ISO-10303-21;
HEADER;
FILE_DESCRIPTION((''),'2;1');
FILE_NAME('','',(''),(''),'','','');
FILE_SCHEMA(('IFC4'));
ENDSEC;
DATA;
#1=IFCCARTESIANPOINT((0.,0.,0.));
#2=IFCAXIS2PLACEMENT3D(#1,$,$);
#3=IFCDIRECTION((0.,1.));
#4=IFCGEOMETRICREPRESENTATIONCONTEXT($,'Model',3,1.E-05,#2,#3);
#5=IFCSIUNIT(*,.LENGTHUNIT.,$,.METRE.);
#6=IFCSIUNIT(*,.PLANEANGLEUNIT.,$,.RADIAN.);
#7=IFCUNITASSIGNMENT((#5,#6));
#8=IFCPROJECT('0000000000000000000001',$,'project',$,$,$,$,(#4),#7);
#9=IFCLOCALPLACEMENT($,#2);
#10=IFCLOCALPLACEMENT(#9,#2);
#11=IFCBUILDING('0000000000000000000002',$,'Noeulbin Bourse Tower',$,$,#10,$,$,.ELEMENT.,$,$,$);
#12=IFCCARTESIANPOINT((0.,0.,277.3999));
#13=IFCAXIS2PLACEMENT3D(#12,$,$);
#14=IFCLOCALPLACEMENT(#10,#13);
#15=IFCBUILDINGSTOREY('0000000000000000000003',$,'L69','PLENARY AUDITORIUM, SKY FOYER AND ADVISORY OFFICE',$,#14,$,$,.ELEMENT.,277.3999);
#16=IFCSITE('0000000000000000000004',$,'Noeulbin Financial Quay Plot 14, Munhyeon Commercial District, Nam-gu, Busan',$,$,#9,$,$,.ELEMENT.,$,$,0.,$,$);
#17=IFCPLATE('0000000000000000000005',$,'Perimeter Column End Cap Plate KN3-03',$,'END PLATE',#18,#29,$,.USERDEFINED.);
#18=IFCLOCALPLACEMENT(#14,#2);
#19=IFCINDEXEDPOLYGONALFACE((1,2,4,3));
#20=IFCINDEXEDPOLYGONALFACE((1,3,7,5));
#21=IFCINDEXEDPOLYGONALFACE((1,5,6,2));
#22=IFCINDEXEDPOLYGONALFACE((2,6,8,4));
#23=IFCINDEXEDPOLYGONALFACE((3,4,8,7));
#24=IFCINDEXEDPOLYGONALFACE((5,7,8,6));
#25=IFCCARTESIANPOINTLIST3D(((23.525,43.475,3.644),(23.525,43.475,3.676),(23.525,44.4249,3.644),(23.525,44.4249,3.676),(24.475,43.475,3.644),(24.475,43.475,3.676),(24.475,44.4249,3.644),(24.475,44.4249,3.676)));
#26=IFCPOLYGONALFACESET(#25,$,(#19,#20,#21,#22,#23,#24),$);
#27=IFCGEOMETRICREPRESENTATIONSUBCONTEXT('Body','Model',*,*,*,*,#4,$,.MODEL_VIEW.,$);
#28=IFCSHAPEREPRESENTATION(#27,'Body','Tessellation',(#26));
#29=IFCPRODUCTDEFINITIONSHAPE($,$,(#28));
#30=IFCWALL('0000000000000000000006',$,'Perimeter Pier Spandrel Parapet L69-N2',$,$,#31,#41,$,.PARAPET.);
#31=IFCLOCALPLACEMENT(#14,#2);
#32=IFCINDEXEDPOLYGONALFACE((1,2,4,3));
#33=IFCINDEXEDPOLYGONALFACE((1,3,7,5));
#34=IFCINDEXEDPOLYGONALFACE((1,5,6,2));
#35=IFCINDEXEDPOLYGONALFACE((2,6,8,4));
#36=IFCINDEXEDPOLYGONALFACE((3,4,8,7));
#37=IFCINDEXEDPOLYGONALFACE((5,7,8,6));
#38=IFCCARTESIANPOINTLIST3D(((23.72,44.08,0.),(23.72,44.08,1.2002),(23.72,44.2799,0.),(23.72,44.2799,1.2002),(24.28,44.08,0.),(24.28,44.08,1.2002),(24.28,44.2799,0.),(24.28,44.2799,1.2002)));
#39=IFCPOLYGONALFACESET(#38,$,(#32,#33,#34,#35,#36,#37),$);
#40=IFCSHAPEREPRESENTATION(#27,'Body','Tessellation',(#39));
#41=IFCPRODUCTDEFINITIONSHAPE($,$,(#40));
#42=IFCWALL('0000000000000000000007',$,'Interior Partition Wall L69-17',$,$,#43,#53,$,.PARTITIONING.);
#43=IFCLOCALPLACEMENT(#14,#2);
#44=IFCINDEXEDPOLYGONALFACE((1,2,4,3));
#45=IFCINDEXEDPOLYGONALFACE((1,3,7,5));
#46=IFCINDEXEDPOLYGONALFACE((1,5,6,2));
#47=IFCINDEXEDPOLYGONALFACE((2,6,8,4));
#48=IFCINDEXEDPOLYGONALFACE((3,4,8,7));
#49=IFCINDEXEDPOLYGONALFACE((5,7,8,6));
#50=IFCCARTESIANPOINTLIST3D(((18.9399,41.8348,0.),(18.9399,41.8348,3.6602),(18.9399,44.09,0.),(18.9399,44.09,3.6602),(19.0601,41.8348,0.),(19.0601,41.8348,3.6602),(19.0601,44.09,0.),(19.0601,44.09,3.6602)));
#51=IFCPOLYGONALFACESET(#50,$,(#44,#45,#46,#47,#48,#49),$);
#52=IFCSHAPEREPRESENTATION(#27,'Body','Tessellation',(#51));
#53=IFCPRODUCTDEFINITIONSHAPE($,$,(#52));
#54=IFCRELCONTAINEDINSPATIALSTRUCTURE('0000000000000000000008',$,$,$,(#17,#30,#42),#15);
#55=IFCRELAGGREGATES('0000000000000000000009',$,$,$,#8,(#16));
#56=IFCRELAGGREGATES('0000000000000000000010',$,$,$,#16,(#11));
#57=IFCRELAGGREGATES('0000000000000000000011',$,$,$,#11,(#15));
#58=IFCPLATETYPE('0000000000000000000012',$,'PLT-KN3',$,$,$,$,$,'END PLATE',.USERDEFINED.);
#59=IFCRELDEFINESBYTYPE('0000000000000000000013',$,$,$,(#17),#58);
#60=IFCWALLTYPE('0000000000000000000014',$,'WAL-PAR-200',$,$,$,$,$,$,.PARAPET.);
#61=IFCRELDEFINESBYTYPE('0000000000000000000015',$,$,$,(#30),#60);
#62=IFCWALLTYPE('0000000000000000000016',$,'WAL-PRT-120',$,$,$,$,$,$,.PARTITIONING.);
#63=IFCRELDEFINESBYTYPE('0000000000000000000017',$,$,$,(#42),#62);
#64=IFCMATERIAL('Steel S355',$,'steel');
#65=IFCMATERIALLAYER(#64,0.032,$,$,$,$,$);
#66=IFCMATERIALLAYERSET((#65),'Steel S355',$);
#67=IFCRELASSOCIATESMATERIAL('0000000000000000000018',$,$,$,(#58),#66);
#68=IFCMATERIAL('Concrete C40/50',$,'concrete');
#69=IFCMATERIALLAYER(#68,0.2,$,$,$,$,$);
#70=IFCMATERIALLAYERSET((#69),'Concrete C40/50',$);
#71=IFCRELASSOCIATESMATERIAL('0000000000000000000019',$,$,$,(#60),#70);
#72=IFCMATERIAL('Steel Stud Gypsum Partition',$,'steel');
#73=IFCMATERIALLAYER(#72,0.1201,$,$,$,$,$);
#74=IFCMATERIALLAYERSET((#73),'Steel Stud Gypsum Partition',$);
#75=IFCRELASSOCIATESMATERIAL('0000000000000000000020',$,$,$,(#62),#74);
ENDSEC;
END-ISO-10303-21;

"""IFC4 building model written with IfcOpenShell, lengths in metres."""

from ifc_helpers import new_model, si_unit, direction, frame, frame_2d, origin, origin_2d, place, context, subcontext, project, spatial, rectangle, extrude, material, layer, layer_set, type_object, element, save


model = new_model("IFC4")

# Units and contexts
model_context = context("Model", 3, precision=1e-05, world=origin(), true_north=direction((0.0, 1.0)))
body_context = subcontext(model_context, "Body", "Model", "MODEL_VIEW")
ifc_project = project(units=[si_unit("LENGTHUNIT", "METRE"), si_unit("PLANEANGLEUNIT", "RADIAN")], contexts=[model_context])

# Site, building, storey
site_placement = place(None, origin())
site = spatial("IfcSite", under=ifc_project, at=site_placement, Name="Noeulbin Financial Quay Plot 14, Munhyeon Commercial District, Nam-gu, Busan", CompositionType="ELEMENT", RefElevation=0.0)
building_placement = place(site_placement, origin())
building = spatial("IfcBuilding", under=site, at=building_placement, Name="Noeulbin Bourse Tower", CompositionType="ELEMENT")
storey_placement = place(building_placement, frame((0.0, 0.0, 277.3999)))
storey = spatial("IfcBuildingStorey", under=building, at=storey_placement, Name="L69", Description="PLENARY AUDITORIUM, SKY FOYER AND ADVISORY OFFICE", CompositionType="ELEMENT", Elevation=277.3999)

# Shared definitions
ifc_material_1 = material(Name="Steel S355", Category="steel")

# Plate
ifc_layer_1 = layer(ifc_material_1, 0.032)
ifc_layer_set_1 = layer_set([ifc_layer_1], Name="Steel S355")
plate_type_1 = type_object("IfcPlateType", Name="PLT-KN3", ElementType="END PLATE", PredefinedType="USERDEFINED", material=ifc_layer_set_1)
plate_1_placement = place(storey_placement, frame((24.0, 43.95, 3.644), z_axis=(0.0, 0.0, 1.0), x_axis=(1.0, 0.0, 0.0)))
element("IfcPlate", 1, at=plate_1_placement, inside=storey, type_object=plate_type_1, Name="Perimeter Column End Cap Plate KN3-03", ObjectType="END PLATE", PredefinedType="USERDEFINED", context=body_context, shape_type="SweptSolid", body=[
    extrude(rectangle(XDim=0.95, YDim=0.95, at=origin_2d()), origin(), (0.0, 0.0, 1.0), 0.032),
])

# Walls
ifc_material_2 = material(Name="Concrete C40/50", Category="concrete")
ifc_layer_2 = layer(ifc_material_2, 0.2)
ifc_layer_set_2 = layer_set([ifc_layer_2], Name="Concrete C40/50")
wall_type_1 = type_object("IfcWallType", Name="WAL-PAR-200", PredefinedType="PARAPET", material=ifc_layer_set_2)
wall_1_placement = place(storey_placement, frame((23.72, 44.1799, 0.0), z_axis=(0.0, 0.0, 1.0), x_axis=(1.0, 0.0, 0.0)))
element("IfcWall", 2, at=wall_1_placement, inside=storey, type_object=wall_type_1, Name="Perimeter Pier Spandrel Parapet L69-N2", PredefinedType="PARAPET", context=body_context, shape_type="SweptSolid", body=[
    extrude(rectangle(XDim=0.5601, YDim=0.2, at=frame_2d((0.28, 0.0))), origin(), (0.0, 0.0, 1.0), 1.2002),
])
ifc_material_3 = material(Name="Steel Stud Gypsum Partition", Category="steel")
ifc_layer_3 = layer(ifc_material_3, 0.1201)
ifc_layer_set_3 = layer_set([ifc_layer_3], Name="Steel Stud Gypsum Partition")
wall_type_2 = type_object("IfcWallType", Name="WAL-PRT-120", PredefinedType="PARTITIONING", material=ifc_layer_set_3)
wall_2_placement = place(storey_placement, frame((19.0, 41.835, 0.0), z_axis=(0.0, 0.0, 1.0), x_axis=(0.0, 1.0, 0.0)))
element("IfcWall", 3, at=wall_2_placement, inside=storey, type_object=wall_type_2, Name="Interior Partition Wall L69-17", PredefinedType="PARTITIONING", context=body_context, shape_type="SweptSolid", body=[
    extrude(rectangle(XDim=2.2551, YDim=0.1201, at=frame_2d((1.1274, 0.0))), origin(), (0.0, 0.0, 1.0), 3.6602),
])

save(model, "model.ifc")
